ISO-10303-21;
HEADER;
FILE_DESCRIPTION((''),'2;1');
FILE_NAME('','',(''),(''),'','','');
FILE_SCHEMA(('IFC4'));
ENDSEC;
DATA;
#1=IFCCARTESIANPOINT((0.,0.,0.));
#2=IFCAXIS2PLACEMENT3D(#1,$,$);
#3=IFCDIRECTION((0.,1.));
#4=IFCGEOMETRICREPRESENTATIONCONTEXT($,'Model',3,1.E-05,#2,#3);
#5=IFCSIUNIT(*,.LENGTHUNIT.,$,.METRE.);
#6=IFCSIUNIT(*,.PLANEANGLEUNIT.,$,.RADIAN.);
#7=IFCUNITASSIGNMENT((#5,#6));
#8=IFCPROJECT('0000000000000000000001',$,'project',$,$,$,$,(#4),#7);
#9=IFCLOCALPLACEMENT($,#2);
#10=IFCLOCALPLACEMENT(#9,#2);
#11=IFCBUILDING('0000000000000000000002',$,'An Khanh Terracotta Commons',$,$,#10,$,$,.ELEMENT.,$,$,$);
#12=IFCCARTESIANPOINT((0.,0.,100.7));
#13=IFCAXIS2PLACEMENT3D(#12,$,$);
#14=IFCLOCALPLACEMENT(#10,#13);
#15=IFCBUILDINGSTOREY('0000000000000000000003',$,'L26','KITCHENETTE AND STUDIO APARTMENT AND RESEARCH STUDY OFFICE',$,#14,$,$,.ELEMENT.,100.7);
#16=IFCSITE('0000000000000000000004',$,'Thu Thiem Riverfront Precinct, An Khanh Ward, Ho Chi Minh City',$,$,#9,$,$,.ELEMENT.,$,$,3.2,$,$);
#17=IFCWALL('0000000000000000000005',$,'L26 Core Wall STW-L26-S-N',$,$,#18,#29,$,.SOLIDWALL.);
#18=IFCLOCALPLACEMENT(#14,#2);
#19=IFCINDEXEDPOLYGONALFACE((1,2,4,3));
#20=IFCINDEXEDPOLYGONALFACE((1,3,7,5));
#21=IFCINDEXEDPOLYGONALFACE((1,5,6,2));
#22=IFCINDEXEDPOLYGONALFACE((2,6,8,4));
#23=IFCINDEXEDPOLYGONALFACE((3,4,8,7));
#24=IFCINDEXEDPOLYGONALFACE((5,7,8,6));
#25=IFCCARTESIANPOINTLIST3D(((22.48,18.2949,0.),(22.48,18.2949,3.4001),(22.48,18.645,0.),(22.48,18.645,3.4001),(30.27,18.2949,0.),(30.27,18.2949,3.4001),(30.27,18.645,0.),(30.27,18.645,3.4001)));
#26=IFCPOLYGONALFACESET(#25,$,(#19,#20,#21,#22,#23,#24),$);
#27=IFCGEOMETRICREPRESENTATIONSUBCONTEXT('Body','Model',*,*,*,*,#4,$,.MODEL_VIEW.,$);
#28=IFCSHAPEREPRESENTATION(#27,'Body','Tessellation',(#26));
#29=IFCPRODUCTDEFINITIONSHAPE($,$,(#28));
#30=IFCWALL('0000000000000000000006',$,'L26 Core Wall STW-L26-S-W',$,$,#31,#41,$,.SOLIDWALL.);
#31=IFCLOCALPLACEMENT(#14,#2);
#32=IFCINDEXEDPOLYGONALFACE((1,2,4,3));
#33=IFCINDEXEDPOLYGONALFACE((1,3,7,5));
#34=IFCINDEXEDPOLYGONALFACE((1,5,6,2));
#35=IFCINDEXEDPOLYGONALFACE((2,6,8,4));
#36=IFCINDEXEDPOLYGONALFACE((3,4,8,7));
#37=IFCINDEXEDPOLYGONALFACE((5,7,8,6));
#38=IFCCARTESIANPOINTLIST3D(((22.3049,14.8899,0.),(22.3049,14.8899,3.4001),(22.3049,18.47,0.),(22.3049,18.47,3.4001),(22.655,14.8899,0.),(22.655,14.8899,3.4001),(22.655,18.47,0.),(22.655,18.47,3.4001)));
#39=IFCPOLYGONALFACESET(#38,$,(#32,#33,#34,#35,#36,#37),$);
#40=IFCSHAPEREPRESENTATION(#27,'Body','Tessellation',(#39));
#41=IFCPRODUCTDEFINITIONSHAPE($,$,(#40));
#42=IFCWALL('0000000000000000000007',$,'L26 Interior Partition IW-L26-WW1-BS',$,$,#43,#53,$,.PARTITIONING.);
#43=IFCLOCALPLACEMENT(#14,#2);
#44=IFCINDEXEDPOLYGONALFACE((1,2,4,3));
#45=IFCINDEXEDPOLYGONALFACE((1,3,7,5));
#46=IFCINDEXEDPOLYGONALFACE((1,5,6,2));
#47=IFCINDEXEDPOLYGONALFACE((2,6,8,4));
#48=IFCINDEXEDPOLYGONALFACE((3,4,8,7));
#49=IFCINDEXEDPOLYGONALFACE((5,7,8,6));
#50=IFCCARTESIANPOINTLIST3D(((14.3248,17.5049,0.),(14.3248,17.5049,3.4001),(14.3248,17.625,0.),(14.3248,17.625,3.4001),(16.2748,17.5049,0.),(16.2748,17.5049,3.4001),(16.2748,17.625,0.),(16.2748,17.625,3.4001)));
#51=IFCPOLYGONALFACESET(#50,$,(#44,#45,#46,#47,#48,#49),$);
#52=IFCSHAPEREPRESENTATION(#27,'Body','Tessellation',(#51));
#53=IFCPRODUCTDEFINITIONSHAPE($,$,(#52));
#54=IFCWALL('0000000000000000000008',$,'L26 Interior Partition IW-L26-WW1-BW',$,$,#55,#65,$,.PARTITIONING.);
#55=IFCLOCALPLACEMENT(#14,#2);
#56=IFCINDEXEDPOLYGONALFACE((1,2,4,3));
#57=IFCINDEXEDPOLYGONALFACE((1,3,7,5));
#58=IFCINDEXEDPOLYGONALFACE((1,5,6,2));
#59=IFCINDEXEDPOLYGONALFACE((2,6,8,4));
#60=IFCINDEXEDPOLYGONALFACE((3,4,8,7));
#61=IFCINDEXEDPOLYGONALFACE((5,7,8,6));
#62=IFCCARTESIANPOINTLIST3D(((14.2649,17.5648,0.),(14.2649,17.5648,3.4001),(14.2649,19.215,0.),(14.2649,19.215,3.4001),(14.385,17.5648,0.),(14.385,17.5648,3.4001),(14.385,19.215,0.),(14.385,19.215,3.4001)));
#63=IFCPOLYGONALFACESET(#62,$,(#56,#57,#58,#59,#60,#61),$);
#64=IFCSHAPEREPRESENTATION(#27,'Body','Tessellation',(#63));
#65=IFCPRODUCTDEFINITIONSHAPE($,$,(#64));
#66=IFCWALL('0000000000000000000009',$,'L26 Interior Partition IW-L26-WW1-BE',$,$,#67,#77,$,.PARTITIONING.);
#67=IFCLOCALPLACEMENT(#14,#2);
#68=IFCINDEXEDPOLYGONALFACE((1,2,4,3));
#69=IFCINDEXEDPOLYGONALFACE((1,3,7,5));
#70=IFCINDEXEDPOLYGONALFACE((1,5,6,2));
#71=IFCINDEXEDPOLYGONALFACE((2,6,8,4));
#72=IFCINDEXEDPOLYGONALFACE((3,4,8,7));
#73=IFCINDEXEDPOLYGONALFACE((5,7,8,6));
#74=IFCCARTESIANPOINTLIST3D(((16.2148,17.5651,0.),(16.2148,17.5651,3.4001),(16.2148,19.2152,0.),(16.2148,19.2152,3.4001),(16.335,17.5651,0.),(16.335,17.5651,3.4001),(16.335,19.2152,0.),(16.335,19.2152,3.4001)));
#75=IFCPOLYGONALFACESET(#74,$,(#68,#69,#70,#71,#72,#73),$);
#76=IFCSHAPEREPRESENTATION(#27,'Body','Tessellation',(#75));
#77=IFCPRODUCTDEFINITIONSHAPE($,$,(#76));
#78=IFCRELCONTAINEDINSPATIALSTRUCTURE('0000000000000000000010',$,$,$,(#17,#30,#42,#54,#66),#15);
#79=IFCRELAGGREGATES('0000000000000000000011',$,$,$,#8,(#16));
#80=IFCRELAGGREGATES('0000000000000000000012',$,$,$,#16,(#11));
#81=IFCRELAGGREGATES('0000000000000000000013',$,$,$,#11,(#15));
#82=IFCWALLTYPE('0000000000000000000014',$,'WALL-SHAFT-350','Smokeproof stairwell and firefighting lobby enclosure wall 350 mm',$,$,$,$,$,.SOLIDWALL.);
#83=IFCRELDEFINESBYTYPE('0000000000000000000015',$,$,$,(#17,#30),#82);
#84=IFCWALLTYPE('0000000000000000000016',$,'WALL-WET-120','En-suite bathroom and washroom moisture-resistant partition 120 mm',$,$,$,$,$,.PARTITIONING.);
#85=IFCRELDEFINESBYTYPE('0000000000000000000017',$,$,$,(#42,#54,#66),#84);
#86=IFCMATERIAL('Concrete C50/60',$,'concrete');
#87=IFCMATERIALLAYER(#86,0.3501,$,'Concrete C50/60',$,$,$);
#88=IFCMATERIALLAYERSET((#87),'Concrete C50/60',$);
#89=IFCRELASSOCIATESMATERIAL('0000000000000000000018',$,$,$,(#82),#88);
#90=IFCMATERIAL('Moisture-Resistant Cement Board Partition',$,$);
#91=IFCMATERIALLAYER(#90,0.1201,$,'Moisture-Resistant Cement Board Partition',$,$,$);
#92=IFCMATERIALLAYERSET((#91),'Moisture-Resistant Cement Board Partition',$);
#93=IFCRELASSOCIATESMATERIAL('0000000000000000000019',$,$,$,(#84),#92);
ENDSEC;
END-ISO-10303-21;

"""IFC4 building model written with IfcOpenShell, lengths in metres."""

from ifc_helpers import new_model, si_unit, direction, frame, frame_2d, origin, place, context, subcontext, project, spatial, rectangle, extrude, material, layer, layer_set, type_object, element, save


model = new_model("IFC4")

# Units and contexts
model_context = context("Model", 3, precision=1e-05, world=origin(), true_north=direction((0.0, 1.0)))
body_context = subcontext(model_context, "Body", "Model", "MODEL_VIEW")
ifc_project = project(units=[si_unit("LENGTHUNIT", "METRE"), si_unit("PLANEANGLEUNIT", "RADIAN")], contexts=[model_context])

# Site, building, storey
site_placement = place(None, origin())
site = spatial("IfcSite", under=ifc_project, at=site_placement, Name="Thu Thiem Riverfront Precinct, An Khanh Ward, Ho Chi Minh City", CompositionType="ELEMENT", RefElevation=3.2)
building_placement = place(site_placement, origin())
building = spatial("IfcBuilding", under=site, at=building_placement, Name="An Khanh Terracotta Commons", CompositionType="ELEMENT")
storey_placement = place(building_placement, frame((0.0, 0.0, 100.7)))
storey = spatial("IfcBuildingStorey", under=building, at=storey_placement, Name="L26", Description="KITCHENETTE AND STUDIO APARTMENT AND RESEARCH STUDY OFFICE", CompositionType="ELEMENT", Elevation=100.7)

# Walls
ifc_material_1 = material(Name="Concrete C50/60", Category="concrete")
ifc_layer_1 = layer(ifc_material_1, 0.3501, Name="Concrete C50/60")
ifc_layer_set_1 = layer_set([ifc_layer_1], Name="Concrete C50/60")
wall_type_1 = type_object("IfcWallType", Name="WALL-SHAFT-350", Description="Smokeproof stairwell and firefighting lobby enclosure wall 350 mm", PredefinedType="SOLIDWALL", material=ifc_layer_set_1)
wall_1_placement = place(storey_placement, frame((22.48, 18.47, 0.0), z_axis=(0.0, 0.0, 1.0), x_axis=(1.0, 0.0, 0.0)))
element("IfcWall", 1, at=wall_1_placement, inside=storey, type_object=wall_type_1, Name="L26 Core Wall STW-L26-S-N", PredefinedType="SOLIDWALL", context=body_context, shape_type="SweptSolid", body=[
    extrude(rectangle(XDim=7.79, YDim=0.3501, at=frame_2d((3.895, 0.0))), origin(), (0.0, 0.0, 1.0), 3.4001),
])
wall_2_placement = place(storey_placement, frame((22.48, 14.8899, 0.0), z_axis=(0.0, 0.0, 1.0), x_axis=(0.0, 1.0, 0.0)))
element("IfcWall", 2, at=wall_2_placement, inside=storey, type_object=wall_type_1, Name="L26 Core Wall STW-L26-S-W", PredefinedType="SOLIDWALL", context=body_context, shape_type="SweptSolid", body=[
    extrude(rectangle(XDim=3.5801, YDim=0.3501, at=frame_2d((1.79, 0.0))), origin(), (0.0, 0.0, 1.0), 3.4001),
])
ifc_material_2 = material(Name="Moisture-Resistant Cement Board Partition")
ifc_layer_2 = layer(ifc_material_2, 0.1201, Name="Moisture-Resistant Cement Board Partition")
ifc_layer_set_2 = layer_set([ifc_layer_2], Name="Moisture-Resistant Cement Board Partition")
wall_type_2 = type_object("IfcWallType", Name="WALL-WET-120", Description="En-suite bathroom and washroom moisture-resistant partition 120 mm", PredefinedType="PARTITIONING", material=ifc_layer_set_2)
wall_3_placement = place(storey_placement, frame((16.2749, 17.5649, 0.0), z_axis=(0.0, 0.0, 1.0), x_axis=(-1.0, 0.0, 0.0)))
element("IfcWall", 3, at=wall_3_placement, inside=storey, type_object=wall_type_2, Name="L26 Interior Partition IW-L26-WW1-BS", PredefinedType="PARTITIONING", context=body_context, shape_type="SweptSolid", body=[
    extrude(rectangle(XDim=1.95, YDim=0.1201, at=frame_2d((0.9751, 0.0))), origin(), (0.0, 0.0, 1.0), 3.4001),
])
for number, where, z_axis, x_axis, name in (
    (4, (14.325, 19.2151, 0.0), (0.0, 0.0, 1.0), (0.0, -1.0, 0.0), "L26 Interior Partition IW-L26-WW1-BW"),
    (5, (16.2749, 17.5649, 0.0), (0.0, 0.0, 1.0), (0.0, 1.0, 0.0), "L26 Interior Partition IW-L26-WW1-BE"),
):
    element("IfcWall", number, at=place(storey_placement, frame(where, z_axis=z_axis, x_axis=x_axis)), inside=storey, type_object=wall_type_2, Name=name, PredefinedType="PARTITIONING", context=body_context, shape_type="SweptSolid", body=[
        extrude(rectangle(XDim=1.6501, YDim=0.1201, at=frame_2d((0.8252, 0.0))), origin(), (0.0, 0.0, 1.0), 3.4001),
    ])

save(model, "model.ifc")
